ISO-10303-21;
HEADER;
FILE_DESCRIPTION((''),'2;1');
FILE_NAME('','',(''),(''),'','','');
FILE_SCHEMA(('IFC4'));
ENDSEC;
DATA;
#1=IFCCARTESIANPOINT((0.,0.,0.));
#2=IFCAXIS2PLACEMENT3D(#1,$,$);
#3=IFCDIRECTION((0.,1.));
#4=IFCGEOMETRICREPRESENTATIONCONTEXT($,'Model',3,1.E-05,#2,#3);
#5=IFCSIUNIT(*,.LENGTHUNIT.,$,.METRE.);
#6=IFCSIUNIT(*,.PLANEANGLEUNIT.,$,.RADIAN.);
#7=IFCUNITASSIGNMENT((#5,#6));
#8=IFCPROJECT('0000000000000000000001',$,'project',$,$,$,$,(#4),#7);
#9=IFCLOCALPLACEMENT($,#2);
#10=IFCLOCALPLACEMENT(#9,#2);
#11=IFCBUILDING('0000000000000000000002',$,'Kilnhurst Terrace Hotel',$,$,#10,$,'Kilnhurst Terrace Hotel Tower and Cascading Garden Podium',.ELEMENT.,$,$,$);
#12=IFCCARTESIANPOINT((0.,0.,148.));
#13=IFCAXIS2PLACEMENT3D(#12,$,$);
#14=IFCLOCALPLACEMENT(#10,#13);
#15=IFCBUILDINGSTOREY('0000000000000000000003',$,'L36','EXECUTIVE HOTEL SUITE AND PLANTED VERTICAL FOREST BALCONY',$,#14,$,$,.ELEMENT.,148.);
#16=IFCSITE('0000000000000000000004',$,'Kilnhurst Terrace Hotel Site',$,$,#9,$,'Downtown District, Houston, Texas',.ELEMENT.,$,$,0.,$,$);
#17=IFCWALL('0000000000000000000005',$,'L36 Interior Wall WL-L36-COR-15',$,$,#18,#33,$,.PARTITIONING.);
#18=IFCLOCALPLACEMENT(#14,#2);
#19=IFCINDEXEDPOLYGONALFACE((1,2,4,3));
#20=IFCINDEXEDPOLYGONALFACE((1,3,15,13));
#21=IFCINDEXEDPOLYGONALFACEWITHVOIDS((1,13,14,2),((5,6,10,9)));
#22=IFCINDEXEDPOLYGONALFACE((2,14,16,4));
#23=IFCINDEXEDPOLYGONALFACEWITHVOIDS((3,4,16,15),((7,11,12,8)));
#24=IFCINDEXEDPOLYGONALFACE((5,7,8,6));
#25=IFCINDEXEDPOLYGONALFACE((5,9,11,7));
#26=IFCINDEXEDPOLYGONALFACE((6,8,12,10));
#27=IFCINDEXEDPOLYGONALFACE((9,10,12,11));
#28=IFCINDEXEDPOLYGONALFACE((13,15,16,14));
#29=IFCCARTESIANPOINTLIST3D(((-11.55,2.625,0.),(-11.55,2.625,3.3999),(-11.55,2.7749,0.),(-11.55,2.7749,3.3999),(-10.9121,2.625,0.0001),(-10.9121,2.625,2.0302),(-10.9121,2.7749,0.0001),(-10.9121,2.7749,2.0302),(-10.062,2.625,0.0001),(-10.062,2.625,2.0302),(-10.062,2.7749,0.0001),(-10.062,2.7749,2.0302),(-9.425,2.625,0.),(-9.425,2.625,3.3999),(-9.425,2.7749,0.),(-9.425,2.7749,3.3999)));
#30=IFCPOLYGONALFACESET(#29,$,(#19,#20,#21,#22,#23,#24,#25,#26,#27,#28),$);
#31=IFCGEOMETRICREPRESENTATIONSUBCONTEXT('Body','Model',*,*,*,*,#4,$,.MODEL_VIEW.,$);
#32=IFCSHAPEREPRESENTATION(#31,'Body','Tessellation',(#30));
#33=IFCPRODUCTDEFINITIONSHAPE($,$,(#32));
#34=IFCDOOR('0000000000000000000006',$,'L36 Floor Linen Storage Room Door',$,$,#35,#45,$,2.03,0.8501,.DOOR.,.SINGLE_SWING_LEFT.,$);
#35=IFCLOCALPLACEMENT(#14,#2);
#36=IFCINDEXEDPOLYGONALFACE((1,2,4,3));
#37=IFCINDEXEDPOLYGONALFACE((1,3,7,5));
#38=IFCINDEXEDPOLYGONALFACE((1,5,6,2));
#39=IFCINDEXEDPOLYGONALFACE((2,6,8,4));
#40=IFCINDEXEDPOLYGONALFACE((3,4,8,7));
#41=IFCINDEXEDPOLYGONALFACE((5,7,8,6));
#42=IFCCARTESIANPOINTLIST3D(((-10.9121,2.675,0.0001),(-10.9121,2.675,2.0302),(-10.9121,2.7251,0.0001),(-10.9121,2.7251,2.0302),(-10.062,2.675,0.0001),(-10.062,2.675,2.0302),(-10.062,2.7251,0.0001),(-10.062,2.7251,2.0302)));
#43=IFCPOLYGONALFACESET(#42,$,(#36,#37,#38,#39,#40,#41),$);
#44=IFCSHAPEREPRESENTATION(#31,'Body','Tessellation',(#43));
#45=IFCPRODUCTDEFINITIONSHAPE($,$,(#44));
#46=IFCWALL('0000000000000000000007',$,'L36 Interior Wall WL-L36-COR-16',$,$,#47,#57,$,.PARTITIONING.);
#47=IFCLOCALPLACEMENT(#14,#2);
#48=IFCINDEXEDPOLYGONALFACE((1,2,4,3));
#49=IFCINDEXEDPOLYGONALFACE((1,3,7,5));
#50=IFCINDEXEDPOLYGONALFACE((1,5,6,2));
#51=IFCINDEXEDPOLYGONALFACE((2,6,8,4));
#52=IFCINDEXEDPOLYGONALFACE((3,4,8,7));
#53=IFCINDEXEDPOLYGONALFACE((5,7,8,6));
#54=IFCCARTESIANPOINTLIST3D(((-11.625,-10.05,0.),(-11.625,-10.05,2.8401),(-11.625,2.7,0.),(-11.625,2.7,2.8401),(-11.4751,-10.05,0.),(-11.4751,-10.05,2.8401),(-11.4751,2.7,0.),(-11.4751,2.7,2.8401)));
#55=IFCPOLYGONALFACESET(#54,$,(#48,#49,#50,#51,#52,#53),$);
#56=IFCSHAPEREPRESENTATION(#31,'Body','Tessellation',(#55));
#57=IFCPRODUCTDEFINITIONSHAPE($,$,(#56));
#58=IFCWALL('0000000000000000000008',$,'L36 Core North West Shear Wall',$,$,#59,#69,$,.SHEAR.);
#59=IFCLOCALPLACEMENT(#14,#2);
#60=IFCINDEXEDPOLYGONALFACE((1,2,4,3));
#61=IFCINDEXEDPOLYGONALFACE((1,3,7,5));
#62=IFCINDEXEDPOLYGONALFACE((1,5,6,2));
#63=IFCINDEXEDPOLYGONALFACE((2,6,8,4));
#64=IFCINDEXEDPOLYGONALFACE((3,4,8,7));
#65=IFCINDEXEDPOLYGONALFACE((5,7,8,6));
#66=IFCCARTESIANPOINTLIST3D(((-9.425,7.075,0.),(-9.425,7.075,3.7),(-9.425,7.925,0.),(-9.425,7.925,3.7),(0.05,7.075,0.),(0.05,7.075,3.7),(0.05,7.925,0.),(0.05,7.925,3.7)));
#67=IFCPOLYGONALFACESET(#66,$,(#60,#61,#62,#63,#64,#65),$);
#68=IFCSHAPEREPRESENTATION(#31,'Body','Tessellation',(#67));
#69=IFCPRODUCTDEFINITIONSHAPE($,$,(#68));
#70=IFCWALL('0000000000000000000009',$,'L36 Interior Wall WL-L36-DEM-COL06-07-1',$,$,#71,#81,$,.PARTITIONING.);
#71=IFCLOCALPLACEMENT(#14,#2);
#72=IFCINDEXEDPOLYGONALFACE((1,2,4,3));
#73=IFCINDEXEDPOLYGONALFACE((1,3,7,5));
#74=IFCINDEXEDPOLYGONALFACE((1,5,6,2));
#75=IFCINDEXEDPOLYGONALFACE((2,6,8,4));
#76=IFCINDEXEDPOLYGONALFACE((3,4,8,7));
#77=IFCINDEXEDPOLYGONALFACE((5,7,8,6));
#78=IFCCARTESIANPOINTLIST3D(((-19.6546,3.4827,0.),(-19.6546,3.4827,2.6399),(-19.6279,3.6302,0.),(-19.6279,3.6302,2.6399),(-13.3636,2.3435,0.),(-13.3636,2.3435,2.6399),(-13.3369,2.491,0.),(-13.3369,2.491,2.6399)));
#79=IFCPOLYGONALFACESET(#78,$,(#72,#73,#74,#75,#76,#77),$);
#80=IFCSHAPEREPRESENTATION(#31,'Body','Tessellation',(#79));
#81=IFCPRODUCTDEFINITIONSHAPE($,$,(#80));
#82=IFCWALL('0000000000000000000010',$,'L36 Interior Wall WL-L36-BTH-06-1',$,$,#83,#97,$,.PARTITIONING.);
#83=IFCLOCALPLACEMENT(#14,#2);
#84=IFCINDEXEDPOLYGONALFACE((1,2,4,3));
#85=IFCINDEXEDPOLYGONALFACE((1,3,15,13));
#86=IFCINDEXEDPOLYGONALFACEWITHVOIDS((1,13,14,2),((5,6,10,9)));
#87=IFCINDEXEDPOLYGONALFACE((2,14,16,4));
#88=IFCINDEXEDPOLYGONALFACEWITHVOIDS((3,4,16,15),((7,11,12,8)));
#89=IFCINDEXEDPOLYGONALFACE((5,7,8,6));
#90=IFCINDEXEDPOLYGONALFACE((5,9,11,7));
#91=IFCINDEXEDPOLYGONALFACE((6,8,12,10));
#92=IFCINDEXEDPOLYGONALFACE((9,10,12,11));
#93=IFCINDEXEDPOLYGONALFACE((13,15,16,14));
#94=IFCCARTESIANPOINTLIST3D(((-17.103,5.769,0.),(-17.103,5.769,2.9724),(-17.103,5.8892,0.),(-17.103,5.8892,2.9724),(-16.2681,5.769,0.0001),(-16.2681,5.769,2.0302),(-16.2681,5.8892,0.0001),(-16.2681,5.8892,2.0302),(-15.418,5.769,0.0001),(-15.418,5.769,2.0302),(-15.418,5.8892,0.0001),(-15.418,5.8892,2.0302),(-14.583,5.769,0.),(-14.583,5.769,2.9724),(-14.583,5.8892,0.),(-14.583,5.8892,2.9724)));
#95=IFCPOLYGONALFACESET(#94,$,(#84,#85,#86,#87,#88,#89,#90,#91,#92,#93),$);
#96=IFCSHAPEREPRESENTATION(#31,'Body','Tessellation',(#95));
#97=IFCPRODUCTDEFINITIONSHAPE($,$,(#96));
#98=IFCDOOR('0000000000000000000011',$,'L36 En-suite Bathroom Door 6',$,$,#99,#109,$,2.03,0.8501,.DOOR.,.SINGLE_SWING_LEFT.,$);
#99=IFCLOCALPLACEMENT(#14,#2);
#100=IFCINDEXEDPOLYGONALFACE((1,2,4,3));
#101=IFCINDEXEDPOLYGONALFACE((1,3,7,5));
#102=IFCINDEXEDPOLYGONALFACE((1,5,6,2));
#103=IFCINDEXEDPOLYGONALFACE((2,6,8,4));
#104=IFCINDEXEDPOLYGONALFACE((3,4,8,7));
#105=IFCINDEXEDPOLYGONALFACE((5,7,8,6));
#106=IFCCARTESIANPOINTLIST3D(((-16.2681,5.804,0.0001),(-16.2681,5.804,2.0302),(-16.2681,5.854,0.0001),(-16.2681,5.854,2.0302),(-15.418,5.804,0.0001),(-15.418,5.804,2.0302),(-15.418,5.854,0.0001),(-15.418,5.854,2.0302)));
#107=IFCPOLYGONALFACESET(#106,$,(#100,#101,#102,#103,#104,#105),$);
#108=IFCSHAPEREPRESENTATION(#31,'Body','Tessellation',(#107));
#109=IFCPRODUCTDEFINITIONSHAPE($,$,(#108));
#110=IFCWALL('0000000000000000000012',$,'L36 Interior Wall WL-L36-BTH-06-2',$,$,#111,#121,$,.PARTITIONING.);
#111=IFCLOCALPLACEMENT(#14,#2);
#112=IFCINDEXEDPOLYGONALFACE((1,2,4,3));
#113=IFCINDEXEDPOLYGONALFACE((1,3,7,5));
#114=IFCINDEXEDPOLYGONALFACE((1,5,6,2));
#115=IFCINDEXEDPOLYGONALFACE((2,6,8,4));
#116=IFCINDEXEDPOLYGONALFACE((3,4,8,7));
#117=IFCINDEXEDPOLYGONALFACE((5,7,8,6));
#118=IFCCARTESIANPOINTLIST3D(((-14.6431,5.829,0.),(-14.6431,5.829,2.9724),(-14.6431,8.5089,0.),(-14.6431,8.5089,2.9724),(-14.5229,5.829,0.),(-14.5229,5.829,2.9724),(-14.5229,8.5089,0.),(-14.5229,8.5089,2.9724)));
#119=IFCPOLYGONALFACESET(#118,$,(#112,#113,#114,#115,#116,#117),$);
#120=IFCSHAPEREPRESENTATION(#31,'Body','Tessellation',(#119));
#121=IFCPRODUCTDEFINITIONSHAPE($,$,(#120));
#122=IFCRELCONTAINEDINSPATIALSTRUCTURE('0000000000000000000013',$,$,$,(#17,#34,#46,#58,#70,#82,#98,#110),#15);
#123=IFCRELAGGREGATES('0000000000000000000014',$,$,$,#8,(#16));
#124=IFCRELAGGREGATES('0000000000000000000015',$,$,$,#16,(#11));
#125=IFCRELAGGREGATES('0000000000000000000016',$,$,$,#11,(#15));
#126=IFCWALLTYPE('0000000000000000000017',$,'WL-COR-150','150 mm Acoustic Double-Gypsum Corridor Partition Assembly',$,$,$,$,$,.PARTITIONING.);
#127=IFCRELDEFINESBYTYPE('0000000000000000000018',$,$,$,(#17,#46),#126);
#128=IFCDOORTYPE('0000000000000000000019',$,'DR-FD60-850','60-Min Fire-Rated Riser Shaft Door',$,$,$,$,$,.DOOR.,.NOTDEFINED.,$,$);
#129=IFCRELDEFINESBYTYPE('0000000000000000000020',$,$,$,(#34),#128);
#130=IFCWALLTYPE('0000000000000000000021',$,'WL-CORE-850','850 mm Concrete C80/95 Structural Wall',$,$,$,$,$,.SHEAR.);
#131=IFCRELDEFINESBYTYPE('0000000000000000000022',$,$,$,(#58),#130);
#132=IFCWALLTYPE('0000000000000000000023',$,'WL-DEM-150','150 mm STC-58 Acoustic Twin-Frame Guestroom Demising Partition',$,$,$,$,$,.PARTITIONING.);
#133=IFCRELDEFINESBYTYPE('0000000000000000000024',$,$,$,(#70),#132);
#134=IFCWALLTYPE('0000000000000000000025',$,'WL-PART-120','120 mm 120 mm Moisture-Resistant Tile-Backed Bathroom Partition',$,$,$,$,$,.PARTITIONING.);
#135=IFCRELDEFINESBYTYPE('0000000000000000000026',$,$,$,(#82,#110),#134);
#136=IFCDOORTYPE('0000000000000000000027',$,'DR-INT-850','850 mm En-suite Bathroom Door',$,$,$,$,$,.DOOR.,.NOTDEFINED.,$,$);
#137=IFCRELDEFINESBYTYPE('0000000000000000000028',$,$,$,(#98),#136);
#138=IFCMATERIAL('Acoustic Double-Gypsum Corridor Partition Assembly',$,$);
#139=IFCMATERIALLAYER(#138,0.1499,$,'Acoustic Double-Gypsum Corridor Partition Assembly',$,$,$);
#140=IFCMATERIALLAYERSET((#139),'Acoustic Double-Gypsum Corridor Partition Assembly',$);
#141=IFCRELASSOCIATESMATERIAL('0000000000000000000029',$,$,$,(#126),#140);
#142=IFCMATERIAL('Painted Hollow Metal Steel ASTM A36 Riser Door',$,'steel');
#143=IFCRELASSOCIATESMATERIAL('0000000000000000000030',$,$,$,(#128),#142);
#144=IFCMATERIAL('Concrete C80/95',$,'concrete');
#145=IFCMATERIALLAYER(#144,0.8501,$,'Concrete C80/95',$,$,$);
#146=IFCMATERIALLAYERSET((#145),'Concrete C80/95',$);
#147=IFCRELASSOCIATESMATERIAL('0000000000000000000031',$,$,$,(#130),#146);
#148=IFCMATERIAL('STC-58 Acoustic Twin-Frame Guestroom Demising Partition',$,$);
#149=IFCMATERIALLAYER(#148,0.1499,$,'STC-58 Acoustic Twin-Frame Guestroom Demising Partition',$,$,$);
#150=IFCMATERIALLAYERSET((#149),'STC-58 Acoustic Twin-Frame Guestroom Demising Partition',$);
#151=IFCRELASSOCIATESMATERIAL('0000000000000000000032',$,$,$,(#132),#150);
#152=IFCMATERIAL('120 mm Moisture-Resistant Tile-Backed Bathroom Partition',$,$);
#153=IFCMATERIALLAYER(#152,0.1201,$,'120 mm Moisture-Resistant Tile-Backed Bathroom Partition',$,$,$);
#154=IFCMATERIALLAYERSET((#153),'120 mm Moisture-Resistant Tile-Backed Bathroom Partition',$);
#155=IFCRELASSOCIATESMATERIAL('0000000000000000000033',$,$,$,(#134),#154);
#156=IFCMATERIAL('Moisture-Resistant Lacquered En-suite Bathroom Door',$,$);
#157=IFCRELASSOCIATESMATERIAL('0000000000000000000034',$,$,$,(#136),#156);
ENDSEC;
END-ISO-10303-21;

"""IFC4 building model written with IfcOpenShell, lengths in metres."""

from ifc_helpers import new_model, si_unit, direction, frame, frame_2d, origin, place, context, subcontext, project, spatial, rectangle, extrude, material, layer, layer_set, type_object, element, fill, save


model = new_model("IFC4")

# Units and contexts
model_context = context("Model", 3, precision=1e-05, world=origin(), true_north=direction((0.0, 1.0)))
body_context = subcontext(model_context, "Body", "Model", "MODEL_VIEW")
ifc_project = project(units=[si_unit("LENGTHUNIT", "METRE"), si_unit("PLANEANGLEUNIT", "RADIAN")], contexts=[model_context])

# Site, building, storey
site_placement = place(None, origin())
site = spatial("IfcSite", under=ifc_project, at=site_placement, Name="Kilnhurst Terrace Hotel Site", LongName="Downtown District, Houston, Texas", CompositionType="ELEMENT", RefElevation=0.0)
building_placement = place(site_placement, origin())
building = spatial("IfcBuilding", under=site, at=building_placement, Name="Kilnhurst Terrace Hotel", LongName="Kilnhurst Terrace Hotel Tower and Cascading Garden Podium", CompositionType="ELEMENT")
storey_placement = place(building_placement, frame((0.0, 0.0, 148.0)))
storey = spatial("IfcBuildingStorey", under=building, at=storey_placement, Name="L36", Description="EXECUTIVE HOTEL SUITE AND PLANTED VERTICAL FOREST BALCONY", CompositionType="ELEMENT", Elevation=148.0)

# Shared definitions
ifc_material_1 = material(Name="Concrete C80/95", Category="concrete")

# Shared definitions
ifc_material_2 = material(Name="Acoustic Double-Gypsum Corridor Partition Assembly")
ifc_layer_1 = layer(ifc_material_2, 0.1499, Name="Acoustic Double-Gypsum Corridor Partition Assembly")
ifc_layer_set_1 = layer_set([ifc_layer_1], Name="Acoustic Double-Gypsum Corridor Partition Assembly")
wall_type_1 = type_object("IfcWallType", Name="WL-COR-150", Description="150 mm Acoustic Double-Gypsum Corridor Partition Assembly", PredefinedType="PARTITIONING", material=ifc_layer_set_1)

# Wall, opening, door
wall_1_placement = place(storey_placement, frame((-9.425, 2.7, 0.0), z_axis=(0.0, 0.0, 1.0), x_axis=(-1.0, 0.0, 0.0)))
wall_1 = element("IfcWall", 1, at=wall_1_placement, inside=storey, type_object=wall_type_1, Name="L36 Interior Wall WL-L36-COR-15", PredefinedType="PARTITIONING", context=body_context, shape_type="SweptSolid", body=[
    extrude(rectangle(XDim=2.125, YDim=0.1499, at=frame_2d((1.0625, 0.0))), origin(), (0.0, 0.0, 1.0), 3.3999),
])
opening_1_placement = place(wall_1_placement, frame((0.637, 0.0, 0.0)))
opening_1 = element("IfcOpeningElement", 2, at=opening_1_placement, cuts=wall_1, PredefinedType="OPENING", context=body_context, shape_type="SweptSolid", body=[
    extrude(rectangle(XDim=0.8501, YDim=2.03, at=frame_2d((0.425, 1.0151))), frame((0.0, 0.085, 0.0), z_axis=(0.0, -1.0, 0.0), x_axis=(1.0, 0.0, 0.0)), (0.0, 0.0, 1.0), 0.1699),
])
ifc_material_3 = material(Name="Painted Hollow Metal Steel ASTM A36 Riser Door", Category="steel")
door_type_1 = type_object("IfcDoorType", Name="DR-FD60-850", Description="60-Min Fire-Rated Riser Shaft Door", OperationType="NOTDEFINED", PredefinedType="DOOR", material=ifc_material_3)
door_1_placement = place(opening_1_placement, origin())
door_1 = element("IfcDoor", 3, at=door_1_placement, inside=storey, type_object=door_type_1, Name="L36 Floor Linen Storage Room Door", OperationType="SINGLE_SWING_LEFT", OverallHeight=2.03, OverallWidth=0.8501, PredefinedType="DOOR", context=body_context, shape_type="SweptSolid", body=[
    extrude(rectangle(XDim=0.8501, YDim=2.03, at=frame_2d((0.425, 1.0151))), frame((0.0, 0.0249, 0.0), z_axis=(0.0, -1.0, 0.0), x_axis=(1.0, 0.0, 0.0)), (0.0, 0.0, 1.0), 0.05),
])
fill(opening_1, door_1)

# Walls
wall_2_placement = place(storey_placement, frame((-11.55, 2.7, 0.0), z_axis=(0.0, 0.0, 1.0), x_axis=(0.0, -1.0, 0.0)))
element("IfcWall", 4, at=wall_2_placement, inside=storey, type_object=wall_type_1, Name="L36 Interior Wall WL-L36-COR-16", PredefinedType="PARTITIONING", context=body_context, shape_type="SweptSolid", body=[
    extrude(rectangle(XDim=12.75, YDim=0.1499, at=frame_2d((6.375, 0.0))), origin(), (0.0, 0.0, 1.0), 2.8401),
])
ifc_layer_2 = layer(ifc_material_1, 0.8501, Name="Concrete C80/95")
ifc_layer_set_2 = layer_set([ifc_layer_2], Name="Concrete C80/95")
wall_type_2 = type_object("IfcWallType", Name="WL-CORE-850", Description="850 mm Concrete C80/95 Structural Wall", PredefinedType="SHEAR", material=ifc_layer_set_2)
wall_3_placement = place(storey_placement, frame((-9.425, 7.5, 0.0), z_axis=(0.0, 0.0, 1.0), x_axis=(1.0, 0.0, 0.0)))
element("IfcWall", 5, at=wall_3_placement, inside=storey, type_object=wall_type_2, Name="L36 Core North West Shear Wall", PredefinedType="SHEAR", context=body_context, shape_type="SweptSolid", body=[
    extrude(rectangle(XDim=9.4751, YDim=0.8501, at=frame_2d((4.7375, 0.0))), origin(), (0.0, 0.0, 1.0), 3.7),
])
ifc_material_4 = material(Name="STC-58 Acoustic Twin-Frame Guestroom Demising Partition")
ifc_layer_3 = layer(ifc_material_4, 0.1499, Name="STC-58 Acoustic Twin-Frame Guestroom Demising Partition")
ifc_layer_set_3 = layer_set([ifc_layer_3], Name="STC-58 Acoustic Twin-Frame Guestroom Demising Partition")
wall_type_3 = type_object("IfcWallType", Name="WL-DEM-150", Description="150 mm STC-58 Acoustic Twin-Frame Guestroom Demising Partition", PredefinedType="PARTITIONING", material=ifc_layer_set_3)
wall_4_placement = place(storey_placement, frame((-13.3501, 2.4172, 0.0), z_axis=(0.0, 0.0, 1.0), x_axis=(-0.983998, 0.17818, 0.0)))
element("IfcWall", 6, at=wall_4_placement, inside=storey, type_object=wall_type_3, Name="L36 Interior Wall WL-L36-DEM-COL06-07-1", PredefinedType="PARTITIONING", context=body_context, shape_type="SweptSolid", body=[
    extrude(rectangle(XDim=6.3933, YDim=0.1499, at=frame_2d((3.1968, 0.0))), origin(), (0.0, 0.0, 1.0), 2.6399),
])

# Wall, opening, door
ifc_material_5 = material(Name="120 mm Moisture-Resistant Tile-Backed Bathroom Partition")
ifc_layer_4 = layer(ifc_material_5, 0.1201, Name="120 mm Moisture-Resistant Tile-Backed Bathroom Partition")
ifc_layer_set_4 = layer_set([ifc_layer_4], Name="120 mm Moisture-Resistant Tile-Backed Bathroom Partition")
wall_type_4 = type_object("IfcWallType", Name="WL-PART-120", Description="120 mm 120 mm Moisture-Resistant Tile-Backed Bathroom Partition", PredefinedType="PARTITIONING", material=ifc_layer_set_4)
wall_5_placement = place(storey_placement, frame((-17.103, 5.8291, 0.0), z_axis=(0.0, 0.0, 1.0), x_axis=(1.0, 0.0, 0.0)))
wall_5 = element("IfcWall", 7, at=wall_5_placement, inside=storey, type_object=wall_type_4, Name="L36 Interior Wall WL-L36-BTH-06-1", PredefinedType="PARTITIONING", context=body_context, shape_type="SweptSolid", body=[
    extrude(rectangle(XDim=2.52, YDim=0.1201, at=frame_2d((1.26, 0.0))), origin(), (0.0, 0.0, 1.0), 2.9724),
])
opening_2_placement = place(wall_5_placement, frame((0.835, 0.0, 0.0)))
opening_2 = element("IfcOpeningElement", 8, at=opening_2_placement, cuts=wall_5, PredefinedType="OPENING", context=body_context, shape_type="SweptSolid", body=[
    extrude(rectangle(XDim=0.8501, YDim=2.03, at=frame_2d((0.425, 1.0151))), frame((0.0, 0.0701, 0.0), z_axis=(0.0, -1.0, 0.0), x_axis=(1.0, 0.0, 0.0)), (0.0, 0.0, 1.0), 0.1401),
])
ifc_material_6 = material(Name="Moisture-Resistant Lacquered En-suite Bathroom Door")
door_type_2 = type_object("IfcDoorType", Name="DR-INT-850", Description="850 mm En-suite Bathroom Door", OperationType="NOTDEFINED", PredefinedType="DOOR", material=ifc_material_6)
door_2_placement = place(opening_2_placement, origin())
door_2 = element("IfcDoor", 9, at=door_2_placement, inside=storey, type_object=door_type_2, Name="L36 En-suite Bathroom Door 6", OperationType="SINGLE_SWING_LEFT", OverallHeight=2.03, OverallWidth=0.8501, PredefinedType="DOOR", context=body_context, shape_type="SweptSolid", body=[
    extrude(rectangle(XDim=0.8501, YDim=2.03, at=frame_2d((0.425, 1.0151))), frame((0.0, 0.0249, 0.0), z_axis=(0.0, -1.0, 0.0), x_axis=(1.0, 0.0, 0.0)), (0.0, 0.0, 1.0), 0.05),
])
fill(opening_2, door_2)

# Wall
wall_6_placement = place(storey_placement, frame((-14.583, 5.8291, 0.0), z_axis=(0.0, 0.0, 1.0), x_axis=(0.0, 1.0, 0.0)))
element("IfcWall", 10, at=wall_6_placement, inside=storey, type_object=wall_type_4, Name="L36 Interior Wall WL-L36-BTH-06-2", PredefinedType="PARTITIONING", context=body_context, shape_type="SweptSolid", body=[
    extrude(rectangle(XDim=2.6799, YDim=0.1201, at=frame_2d((1.3398, 0.0))), origin(), (0.0, 0.0, 1.0), 2.9724),
])

save(model, "model.ifc")
